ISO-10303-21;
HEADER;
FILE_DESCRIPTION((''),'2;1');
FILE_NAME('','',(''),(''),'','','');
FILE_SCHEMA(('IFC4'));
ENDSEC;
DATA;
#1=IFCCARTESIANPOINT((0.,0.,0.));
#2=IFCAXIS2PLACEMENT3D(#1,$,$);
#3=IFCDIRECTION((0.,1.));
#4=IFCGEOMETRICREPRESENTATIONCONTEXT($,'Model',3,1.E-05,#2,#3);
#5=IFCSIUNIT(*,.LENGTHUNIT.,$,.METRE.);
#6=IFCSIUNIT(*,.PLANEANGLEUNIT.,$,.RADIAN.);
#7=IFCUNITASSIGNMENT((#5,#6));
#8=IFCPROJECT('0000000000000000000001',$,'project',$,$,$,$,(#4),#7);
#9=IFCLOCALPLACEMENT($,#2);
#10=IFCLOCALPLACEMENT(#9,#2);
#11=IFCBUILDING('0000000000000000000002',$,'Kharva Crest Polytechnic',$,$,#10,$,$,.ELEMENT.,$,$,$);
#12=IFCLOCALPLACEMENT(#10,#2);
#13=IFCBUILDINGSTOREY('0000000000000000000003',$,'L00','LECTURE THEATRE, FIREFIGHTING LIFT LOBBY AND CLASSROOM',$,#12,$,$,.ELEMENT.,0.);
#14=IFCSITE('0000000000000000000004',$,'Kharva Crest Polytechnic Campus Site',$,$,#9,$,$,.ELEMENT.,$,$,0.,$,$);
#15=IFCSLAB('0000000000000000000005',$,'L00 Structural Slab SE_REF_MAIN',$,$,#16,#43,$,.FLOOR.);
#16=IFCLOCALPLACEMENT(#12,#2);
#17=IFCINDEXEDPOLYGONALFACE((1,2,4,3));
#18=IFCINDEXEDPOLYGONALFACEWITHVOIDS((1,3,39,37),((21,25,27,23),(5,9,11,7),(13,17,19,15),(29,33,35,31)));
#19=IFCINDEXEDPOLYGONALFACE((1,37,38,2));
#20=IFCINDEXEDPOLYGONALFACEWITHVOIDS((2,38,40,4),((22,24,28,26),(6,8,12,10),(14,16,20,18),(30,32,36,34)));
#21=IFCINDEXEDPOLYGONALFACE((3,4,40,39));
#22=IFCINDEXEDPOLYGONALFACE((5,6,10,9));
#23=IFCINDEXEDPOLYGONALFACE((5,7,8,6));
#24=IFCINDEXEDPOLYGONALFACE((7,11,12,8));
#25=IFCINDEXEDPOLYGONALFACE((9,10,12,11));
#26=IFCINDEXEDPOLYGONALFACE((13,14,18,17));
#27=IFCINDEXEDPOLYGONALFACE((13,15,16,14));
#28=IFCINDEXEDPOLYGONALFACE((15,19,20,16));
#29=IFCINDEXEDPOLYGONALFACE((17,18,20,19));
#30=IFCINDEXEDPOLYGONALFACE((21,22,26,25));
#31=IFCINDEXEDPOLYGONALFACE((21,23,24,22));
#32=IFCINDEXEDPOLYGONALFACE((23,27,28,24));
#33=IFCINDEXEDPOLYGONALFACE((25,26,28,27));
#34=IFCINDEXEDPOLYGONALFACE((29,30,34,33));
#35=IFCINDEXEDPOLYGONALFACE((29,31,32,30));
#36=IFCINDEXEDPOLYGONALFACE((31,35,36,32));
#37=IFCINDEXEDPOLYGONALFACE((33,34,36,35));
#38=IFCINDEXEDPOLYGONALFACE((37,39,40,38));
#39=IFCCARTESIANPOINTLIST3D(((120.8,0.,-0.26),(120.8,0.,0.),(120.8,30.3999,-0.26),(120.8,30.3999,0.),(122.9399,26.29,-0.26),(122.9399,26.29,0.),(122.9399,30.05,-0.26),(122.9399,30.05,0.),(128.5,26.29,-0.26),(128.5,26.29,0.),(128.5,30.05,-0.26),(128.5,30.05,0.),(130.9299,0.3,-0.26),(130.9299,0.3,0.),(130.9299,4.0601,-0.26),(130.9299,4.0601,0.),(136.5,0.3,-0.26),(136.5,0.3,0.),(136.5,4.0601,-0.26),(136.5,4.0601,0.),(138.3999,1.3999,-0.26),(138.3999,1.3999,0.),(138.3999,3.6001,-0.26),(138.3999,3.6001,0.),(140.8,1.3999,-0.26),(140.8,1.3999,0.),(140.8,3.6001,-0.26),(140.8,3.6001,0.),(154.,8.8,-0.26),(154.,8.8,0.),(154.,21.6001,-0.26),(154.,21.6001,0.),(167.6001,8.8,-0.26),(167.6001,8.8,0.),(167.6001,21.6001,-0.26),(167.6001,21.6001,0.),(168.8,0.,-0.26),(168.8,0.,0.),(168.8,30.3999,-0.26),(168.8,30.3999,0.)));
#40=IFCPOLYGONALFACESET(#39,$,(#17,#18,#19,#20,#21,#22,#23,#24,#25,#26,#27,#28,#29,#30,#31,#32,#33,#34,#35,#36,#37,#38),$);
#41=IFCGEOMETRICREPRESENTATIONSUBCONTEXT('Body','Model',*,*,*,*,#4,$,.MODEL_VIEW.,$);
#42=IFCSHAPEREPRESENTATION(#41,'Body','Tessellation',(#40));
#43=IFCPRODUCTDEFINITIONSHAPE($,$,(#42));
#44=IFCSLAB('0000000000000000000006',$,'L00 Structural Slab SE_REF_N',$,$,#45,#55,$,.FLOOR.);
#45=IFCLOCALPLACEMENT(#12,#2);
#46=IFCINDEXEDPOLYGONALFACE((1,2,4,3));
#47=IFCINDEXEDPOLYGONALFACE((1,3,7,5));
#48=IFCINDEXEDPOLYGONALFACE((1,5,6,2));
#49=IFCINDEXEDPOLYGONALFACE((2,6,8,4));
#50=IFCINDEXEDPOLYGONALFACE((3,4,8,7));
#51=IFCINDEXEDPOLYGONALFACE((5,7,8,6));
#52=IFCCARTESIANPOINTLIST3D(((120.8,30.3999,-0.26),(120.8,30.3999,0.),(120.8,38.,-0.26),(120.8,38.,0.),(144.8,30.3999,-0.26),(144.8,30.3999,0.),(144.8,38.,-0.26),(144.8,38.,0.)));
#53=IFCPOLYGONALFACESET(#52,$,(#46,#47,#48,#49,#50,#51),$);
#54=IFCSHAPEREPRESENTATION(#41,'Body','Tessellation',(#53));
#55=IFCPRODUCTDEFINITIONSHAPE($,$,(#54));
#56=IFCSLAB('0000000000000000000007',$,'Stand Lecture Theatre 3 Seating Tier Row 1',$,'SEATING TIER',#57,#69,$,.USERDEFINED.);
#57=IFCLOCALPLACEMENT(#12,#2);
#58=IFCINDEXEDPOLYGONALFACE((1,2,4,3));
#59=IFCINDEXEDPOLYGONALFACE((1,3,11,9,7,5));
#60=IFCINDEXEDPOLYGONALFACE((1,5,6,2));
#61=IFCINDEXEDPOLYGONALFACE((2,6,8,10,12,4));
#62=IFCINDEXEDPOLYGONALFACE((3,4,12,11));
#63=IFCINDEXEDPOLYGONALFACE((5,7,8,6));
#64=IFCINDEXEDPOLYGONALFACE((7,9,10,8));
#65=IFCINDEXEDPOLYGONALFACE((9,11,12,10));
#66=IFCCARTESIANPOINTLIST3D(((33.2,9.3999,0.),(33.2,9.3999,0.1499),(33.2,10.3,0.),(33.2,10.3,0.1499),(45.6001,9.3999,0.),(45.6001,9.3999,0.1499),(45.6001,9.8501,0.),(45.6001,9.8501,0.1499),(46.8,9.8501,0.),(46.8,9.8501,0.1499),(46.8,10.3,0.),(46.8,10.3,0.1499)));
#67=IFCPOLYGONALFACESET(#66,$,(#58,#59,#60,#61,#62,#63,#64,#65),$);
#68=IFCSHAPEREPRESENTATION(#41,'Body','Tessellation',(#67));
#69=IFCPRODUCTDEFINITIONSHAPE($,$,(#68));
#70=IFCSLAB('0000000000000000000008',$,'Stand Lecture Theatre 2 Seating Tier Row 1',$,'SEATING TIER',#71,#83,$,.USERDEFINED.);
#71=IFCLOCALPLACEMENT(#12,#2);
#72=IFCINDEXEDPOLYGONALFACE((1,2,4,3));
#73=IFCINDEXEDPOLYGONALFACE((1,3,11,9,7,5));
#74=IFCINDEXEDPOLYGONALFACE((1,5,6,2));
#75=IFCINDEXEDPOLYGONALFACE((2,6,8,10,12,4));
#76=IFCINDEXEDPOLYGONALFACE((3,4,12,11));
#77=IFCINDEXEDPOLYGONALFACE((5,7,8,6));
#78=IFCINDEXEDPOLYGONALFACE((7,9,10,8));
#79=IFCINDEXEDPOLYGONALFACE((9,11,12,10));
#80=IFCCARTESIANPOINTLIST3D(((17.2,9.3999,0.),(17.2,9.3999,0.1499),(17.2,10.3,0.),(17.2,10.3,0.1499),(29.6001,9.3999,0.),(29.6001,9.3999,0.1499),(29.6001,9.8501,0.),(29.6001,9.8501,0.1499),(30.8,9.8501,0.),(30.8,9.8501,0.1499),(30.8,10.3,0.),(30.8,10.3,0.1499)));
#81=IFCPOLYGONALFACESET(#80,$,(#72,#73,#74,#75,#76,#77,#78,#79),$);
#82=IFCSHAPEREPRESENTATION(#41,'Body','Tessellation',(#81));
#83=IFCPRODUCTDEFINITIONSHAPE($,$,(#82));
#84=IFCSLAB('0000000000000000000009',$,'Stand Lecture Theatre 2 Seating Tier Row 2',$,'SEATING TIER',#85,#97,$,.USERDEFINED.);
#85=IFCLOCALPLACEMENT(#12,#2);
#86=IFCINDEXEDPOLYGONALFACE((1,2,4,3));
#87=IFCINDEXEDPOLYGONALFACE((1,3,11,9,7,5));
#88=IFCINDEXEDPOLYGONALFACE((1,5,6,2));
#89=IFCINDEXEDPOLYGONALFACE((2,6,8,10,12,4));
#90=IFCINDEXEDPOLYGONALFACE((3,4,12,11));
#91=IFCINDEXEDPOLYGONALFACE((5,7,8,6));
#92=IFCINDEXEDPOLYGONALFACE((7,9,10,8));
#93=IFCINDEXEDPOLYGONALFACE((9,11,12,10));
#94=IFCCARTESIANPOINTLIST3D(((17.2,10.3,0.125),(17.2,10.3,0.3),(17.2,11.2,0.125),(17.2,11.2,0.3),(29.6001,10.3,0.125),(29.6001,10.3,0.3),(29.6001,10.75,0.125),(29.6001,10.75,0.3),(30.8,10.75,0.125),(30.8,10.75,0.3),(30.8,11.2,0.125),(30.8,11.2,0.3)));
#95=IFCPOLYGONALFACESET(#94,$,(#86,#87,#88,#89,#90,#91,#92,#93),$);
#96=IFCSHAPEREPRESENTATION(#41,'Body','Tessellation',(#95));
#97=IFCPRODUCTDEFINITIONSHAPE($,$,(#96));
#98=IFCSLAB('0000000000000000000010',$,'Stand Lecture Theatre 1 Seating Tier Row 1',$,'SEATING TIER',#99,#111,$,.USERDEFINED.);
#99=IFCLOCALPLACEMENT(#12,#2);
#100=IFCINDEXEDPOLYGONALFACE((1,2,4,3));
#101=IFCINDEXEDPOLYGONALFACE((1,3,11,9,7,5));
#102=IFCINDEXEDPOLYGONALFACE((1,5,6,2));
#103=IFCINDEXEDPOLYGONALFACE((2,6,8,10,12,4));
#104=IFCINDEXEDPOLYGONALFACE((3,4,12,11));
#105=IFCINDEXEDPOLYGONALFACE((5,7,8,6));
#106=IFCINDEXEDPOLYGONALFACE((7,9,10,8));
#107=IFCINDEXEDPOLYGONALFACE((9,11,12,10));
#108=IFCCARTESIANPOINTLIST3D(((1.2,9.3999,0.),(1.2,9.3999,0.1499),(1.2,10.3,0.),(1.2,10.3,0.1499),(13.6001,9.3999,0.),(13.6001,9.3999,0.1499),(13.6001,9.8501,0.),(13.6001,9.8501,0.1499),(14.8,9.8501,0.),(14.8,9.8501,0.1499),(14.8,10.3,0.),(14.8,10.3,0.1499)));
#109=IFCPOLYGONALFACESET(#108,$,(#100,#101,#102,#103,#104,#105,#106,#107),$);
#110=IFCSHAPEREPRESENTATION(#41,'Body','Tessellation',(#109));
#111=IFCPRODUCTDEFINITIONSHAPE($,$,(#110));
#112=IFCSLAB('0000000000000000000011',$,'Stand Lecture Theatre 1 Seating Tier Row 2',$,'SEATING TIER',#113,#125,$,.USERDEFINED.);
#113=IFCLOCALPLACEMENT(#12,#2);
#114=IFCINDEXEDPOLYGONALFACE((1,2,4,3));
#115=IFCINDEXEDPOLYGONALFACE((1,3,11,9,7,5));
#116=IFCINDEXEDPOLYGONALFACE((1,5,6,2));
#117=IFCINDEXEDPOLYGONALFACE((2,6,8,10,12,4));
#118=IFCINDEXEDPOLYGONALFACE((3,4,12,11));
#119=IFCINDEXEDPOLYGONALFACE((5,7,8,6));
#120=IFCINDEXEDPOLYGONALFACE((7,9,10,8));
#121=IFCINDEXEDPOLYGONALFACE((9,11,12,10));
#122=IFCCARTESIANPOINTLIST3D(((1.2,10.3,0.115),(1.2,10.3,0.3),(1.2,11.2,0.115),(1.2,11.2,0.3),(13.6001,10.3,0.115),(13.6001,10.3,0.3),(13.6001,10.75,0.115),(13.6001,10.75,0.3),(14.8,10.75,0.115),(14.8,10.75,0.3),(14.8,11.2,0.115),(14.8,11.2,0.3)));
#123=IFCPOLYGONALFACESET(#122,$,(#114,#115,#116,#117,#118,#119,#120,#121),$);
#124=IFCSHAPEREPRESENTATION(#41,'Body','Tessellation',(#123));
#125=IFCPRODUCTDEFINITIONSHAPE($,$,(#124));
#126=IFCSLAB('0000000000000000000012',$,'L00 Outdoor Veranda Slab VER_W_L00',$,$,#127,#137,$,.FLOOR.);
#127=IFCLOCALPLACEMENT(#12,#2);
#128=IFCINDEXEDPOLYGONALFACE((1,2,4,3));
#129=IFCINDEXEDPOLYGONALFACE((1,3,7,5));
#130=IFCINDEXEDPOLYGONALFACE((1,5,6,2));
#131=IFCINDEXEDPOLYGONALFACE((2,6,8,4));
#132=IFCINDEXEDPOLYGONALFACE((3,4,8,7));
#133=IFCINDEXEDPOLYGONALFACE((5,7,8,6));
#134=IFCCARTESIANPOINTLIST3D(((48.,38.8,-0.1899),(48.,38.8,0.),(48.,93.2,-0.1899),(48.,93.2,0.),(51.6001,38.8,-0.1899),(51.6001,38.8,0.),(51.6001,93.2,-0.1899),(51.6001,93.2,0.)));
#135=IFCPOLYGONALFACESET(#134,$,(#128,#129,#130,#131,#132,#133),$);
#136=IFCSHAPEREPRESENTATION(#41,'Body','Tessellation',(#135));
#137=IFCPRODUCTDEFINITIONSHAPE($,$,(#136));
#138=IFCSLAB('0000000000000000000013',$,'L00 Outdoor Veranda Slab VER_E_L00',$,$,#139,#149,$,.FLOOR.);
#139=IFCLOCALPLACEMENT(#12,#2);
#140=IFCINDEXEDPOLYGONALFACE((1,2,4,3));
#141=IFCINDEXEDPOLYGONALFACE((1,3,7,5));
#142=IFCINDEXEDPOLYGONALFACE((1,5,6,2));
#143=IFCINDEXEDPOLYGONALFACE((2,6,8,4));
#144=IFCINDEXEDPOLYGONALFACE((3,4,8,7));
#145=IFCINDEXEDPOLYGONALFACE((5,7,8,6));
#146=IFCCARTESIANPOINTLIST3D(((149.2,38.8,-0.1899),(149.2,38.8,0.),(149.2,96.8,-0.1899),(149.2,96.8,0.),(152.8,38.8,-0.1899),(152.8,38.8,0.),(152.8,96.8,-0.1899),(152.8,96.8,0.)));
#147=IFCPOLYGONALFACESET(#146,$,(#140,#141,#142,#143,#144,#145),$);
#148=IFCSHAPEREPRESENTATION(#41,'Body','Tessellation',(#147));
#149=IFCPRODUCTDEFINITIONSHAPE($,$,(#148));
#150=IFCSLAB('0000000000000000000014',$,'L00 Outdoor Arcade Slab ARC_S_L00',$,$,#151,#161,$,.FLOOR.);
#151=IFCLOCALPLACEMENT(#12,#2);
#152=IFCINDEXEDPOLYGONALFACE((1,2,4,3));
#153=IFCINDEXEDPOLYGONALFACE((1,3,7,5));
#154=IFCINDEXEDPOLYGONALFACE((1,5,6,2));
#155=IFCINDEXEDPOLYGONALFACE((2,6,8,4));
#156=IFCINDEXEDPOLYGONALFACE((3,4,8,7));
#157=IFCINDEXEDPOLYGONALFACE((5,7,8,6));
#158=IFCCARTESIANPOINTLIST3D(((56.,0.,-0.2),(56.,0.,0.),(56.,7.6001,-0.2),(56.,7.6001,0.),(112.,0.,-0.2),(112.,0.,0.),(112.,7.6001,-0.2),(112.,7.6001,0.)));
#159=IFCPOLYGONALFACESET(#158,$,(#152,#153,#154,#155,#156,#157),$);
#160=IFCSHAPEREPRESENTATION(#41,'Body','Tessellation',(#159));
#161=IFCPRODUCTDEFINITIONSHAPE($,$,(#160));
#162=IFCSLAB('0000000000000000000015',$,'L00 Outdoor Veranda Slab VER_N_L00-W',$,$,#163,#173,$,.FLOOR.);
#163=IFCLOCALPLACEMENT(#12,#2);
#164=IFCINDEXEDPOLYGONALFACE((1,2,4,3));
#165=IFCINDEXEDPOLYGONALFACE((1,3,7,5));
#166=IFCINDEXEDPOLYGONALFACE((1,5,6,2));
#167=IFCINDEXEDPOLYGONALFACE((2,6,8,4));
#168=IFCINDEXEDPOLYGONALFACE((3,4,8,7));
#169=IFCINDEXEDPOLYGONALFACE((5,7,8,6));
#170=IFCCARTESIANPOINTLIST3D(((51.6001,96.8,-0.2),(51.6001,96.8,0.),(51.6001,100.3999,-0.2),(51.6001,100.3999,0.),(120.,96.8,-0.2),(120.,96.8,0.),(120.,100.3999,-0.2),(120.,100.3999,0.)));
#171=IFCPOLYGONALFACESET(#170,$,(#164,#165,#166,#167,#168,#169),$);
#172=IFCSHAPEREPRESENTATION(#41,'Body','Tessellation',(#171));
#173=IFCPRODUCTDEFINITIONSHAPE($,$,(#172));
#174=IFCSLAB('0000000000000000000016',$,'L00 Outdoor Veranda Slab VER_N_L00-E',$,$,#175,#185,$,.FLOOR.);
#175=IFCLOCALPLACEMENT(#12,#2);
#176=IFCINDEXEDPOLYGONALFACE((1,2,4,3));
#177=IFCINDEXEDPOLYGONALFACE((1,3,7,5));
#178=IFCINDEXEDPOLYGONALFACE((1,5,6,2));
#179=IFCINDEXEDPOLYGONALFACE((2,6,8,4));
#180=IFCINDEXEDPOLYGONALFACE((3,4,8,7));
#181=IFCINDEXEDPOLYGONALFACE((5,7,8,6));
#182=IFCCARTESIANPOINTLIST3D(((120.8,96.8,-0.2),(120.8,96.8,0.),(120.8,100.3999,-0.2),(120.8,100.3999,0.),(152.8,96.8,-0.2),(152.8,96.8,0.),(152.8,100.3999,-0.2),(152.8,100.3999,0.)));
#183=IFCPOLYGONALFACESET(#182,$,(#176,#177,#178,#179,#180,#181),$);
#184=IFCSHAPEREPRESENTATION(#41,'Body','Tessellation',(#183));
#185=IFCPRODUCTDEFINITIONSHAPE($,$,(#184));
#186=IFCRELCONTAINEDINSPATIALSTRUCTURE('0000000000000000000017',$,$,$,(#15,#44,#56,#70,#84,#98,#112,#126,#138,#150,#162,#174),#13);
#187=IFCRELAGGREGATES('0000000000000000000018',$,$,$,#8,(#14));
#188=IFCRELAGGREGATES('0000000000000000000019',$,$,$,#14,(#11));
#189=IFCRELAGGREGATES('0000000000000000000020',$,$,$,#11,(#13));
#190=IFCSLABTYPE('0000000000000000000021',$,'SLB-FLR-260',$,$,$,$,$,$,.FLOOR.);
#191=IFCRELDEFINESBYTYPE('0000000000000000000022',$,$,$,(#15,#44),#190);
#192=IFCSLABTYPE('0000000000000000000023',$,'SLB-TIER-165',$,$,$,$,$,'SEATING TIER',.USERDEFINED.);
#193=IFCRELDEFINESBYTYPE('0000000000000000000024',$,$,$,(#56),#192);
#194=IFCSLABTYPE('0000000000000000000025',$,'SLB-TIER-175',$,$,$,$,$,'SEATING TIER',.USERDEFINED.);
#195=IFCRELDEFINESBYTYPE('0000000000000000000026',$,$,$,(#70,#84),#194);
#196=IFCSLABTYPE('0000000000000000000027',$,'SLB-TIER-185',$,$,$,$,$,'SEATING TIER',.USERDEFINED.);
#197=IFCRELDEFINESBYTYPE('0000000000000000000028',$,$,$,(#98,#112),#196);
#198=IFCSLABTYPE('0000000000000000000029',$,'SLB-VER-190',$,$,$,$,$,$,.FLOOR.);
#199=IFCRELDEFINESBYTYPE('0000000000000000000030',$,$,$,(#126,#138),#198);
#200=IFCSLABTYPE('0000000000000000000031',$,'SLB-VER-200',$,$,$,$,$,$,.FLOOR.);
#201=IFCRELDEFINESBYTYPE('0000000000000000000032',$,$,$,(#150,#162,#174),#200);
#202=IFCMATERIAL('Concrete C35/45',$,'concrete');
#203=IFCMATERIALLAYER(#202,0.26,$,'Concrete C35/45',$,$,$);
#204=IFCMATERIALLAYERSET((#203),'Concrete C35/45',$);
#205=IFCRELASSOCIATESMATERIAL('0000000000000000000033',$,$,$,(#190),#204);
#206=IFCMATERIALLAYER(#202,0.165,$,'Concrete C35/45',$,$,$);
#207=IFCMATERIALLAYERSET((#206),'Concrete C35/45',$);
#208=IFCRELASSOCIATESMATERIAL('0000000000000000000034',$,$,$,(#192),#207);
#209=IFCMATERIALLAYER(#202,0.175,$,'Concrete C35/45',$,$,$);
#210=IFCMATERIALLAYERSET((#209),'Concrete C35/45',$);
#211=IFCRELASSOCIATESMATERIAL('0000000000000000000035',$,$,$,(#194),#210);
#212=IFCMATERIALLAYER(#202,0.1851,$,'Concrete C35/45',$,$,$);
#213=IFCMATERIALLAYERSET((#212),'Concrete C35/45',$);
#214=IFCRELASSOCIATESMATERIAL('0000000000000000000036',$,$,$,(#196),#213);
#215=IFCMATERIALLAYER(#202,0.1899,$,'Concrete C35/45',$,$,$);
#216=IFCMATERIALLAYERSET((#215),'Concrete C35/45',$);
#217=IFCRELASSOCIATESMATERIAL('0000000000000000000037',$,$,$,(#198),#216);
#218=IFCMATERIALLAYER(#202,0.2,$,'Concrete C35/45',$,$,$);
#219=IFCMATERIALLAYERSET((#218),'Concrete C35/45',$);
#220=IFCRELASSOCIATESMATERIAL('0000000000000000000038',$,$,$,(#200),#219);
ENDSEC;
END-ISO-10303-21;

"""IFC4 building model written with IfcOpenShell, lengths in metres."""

from ifc_helpers import new_model, si_unit, direction, frame, origin, place, context, subcontext, project, spatial, polyline, outline, extrude, material, layer, layer_set, type_object, element, save


model = new_model("IFC4")

# Units and contexts
model_context = context("Model", 3, precision=1e-05, world=origin(), true_north=direction((0.0, 1.0)))
body_context = subcontext(model_context, "Body", "Model", "MODEL_VIEW")
ifc_project = project(units=[si_unit("LENGTHUNIT", "METRE"), si_unit("PLANEANGLEUNIT", "RADIAN")], contexts=[model_context])

# Site, building, storey
site_placement = place(None, origin())
site = spatial("IfcSite", under=ifc_project, at=site_placement, Name="Kharva Crest Polytechnic Campus Site", CompositionType="ELEMENT", RefElevation=0.0)
building_placement = place(site_placement, origin())
building = spatial("IfcBuilding", under=site, at=building_placement, Name="Kharva Crest Polytechnic", CompositionType="ELEMENT")
storey_placement = place(building_placement, origin())
storey = spatial("IfcBuildingStorey", under=building, at=storey_placement, Name="L00", Description="LECTURE THEATRE, FIREFIGHTING LIFT LOBBY AND CLASSROOM", CompositionType="ELEMENT", Elevation=0.0)

# Shared definitions
ifc_material_1 = material(Name="Concrete C35/45", Category="concrete")

# Slabs
ifc_layer_1 = layer(ifc_material_1, 0.26, Name="Concrete C35/45")
ifc_layer_set_1 = layer_set([ifc_layer_1], Name="Concrete C35/45")
slab_type_1 = type_object("IfcSlabType", Name="SLB-FLR-260", PredefinedType="FLOOR", material=ifc_layer_set_1)
slab_1_placement = place(storey_placement, frame((0.0, 0.0, -0.26)))
element("IfcSlab", 1, at=slab_1_placement, inside=storey, type_object=slab_type_1, Name="L00 Structural Slab SE_REF_MAIN", PredefinedType="FLOOR", context=body_context, shape_type="SweptSolid", body=[
    extrude(outline(polyline([(120.8, 0.0), (168.8, 0.0), (168.8, 30.3999), (120.8, 30.3999), (120.8, 0.0)]), holes=[polyline([(130.9299, 0.3), (136.5, 0.3), (136.5, 4.0601), (130.9299, 4.0601), (130.9299, 0.3)]), polyline([(138.3999, 1.3999), (140.8, 1.3999), (140.8, 3.6001), (138.3999, 3.6001), (138.3999, 1.3999)]), polyline([(122.9399, 26.29), (128.5, 26.29), (128.5, 30.05), (122.9399, 30.05), (122.9399, 26.29)]), polyline([(154.0, 8.8), (167.6001, 8.8), (167.6001, 21.6001), (154.0, 21.6001), (154.0, 8.8)])]), origin(), (0.0, 0.0, 1.0), 0.26),
])
slab_2_placement = place(storey_placement, frame((0.0, 0.0, -0.26)))
element("IfcSlab", 2, at=slab_2_placement, inside=storey, type_object=slab_type_1, Name="L00 Structural Slab SE_REF_N", PredefinedType="FLOOR", context=body_context, shape_type="SweptSolid", body=[
    extrude(outline(polyline([(120.8, 30.3999), (144.8, 30.3999), (144.8, 38.0), (120.8, 38.0), (120.8, 30.3999)])), origin(), (0.0, 0.0, 1.0), 0.26),
])
ifc_layer_2 = layer(ifc_material_1, 0.165, Name="Concrete C35/45")
ifc_layer_set_2 = layer_set([ifc_layer_2], Name="Concrete C35/45")
slab_type_2 = type_object("IfcSlabType", Name="SLB-TIER-165", ElementType="SEATING TIER", PredefinedType="USERDEFINED", material=ifc_layer_set_2)
slab_3_placement = place(storey_placement, origin())
element("IfcSlab", 3, at=slab_3_placement, inside=storey, type_object=slab_type_2, Name="Stand Lecture Theatre 3 Seating Tier Row 1", ObjectType="SEATING TIER", PredefinedType="USERDEFINED", context=body_context, shape_type="SweptSolid", body=[
    extrude(outline(polyline([(33.2, 9.3999), (45.6001, 9.3999), (45.6001, 9.8501), (46.8, 9.8501), (46.8, 10.3), (33.2, 10.3), (33.2, 9.3999)])), origin(), (0.0, 0.0, 1.0), 0.1499),
])
ifc_layer_3 = layer(ifc_material_1, 0.175, Name="Concrete C35/45")
ifc_layer_set_3 = layer_set([ifc_layer_3], Name="Concrete C35/45")
slab_type_3 = type_object("IfcSlabType", Name="SLB-TIER-175", ElementType="SEATING TIER", PredefinedType="USERDEFINED", material=ifc_layer_set_3)
slab_4_placement = place(storey_placement, origin())
element("IfcSlab", 4, at=slab_4_placement, inside=storey, type_object=slab_type_3, Name="Stand Lecture Theatre 2 Seating Tier Row 1", ObjectType="SEATING TIER", PredefinedType="USERDEFINED", context=body_context, shape_type="SweptSolid", body=[
    extrude(outline(polyline([(17.2, 9.3999), (29.6001, 9.3999), (29.6001, 9.8501), (30.8, 9.8501), (30.8, 10.3), (17.2, 10.3), (17.2, 9.3999)])), origin(), (0.0, 0.0, 1.0), 0.1499),
])
slab_5_placement = place(storey_placement, frame((0.0, 0.0, 0.125)))
element("IfcSlab", 5, at=slab_5_placement, inside=storey, type_object=slab_type_3, Name="Stand Lecture Theatre 2 Seating Tier Row 2", ObjectType="SEATING TIER", PredefinedType="USERDEFINED", context=body_context, shape_type="SweptSolid", body=[
    extrude(outline(polyline([(17.2, 10.3), (29.6001, 10.3), (29.6001, 10.75), (30.8, 10.75), (30.8, 11.2), (17.2, 11.2), (17.2, 10.3)])), origin(), (0.0, 0.0, 1.0), 0.175),
])
ifc_layer_4 = layer(ifc_material_1, 0.1851, Name="Concrete C35/45")
ifc_layer_set_4 = layer_set([ifc_layer_4], Name="Concrete C35/45")
slab_type_4 = type_object("IfcSlabType", Name="SLB-TIER-185", ElementType="SEATING TIER", PredefinedType="USERDEFINED", material=ifc_layer_set_4)
slab_6_placement = place(storey_placement, origin())
element("IfcSlab", 6, at=slab_6_placement, inside=storey, type_object=slab_type_4, Name="Stand Lecture Theatre 1 Seating Tier Row 1", ObjectType="SEATING TIER", PredefinedType="USERDEFINED", context=body_context, shape_type="SweptSolid", body=[
    extrude(outline(polyline([(1.2, 9.3999), (13.6001, 9.3999), (13.6001, 9.8501), (14.8, 9.8501), (14.8, 10.3), (1.2, 10.3), (1.2, 9.3999)])), origin(), (0.0, 0.0, 1.0), 0.1499),
])
slab_7_placement = place(storey_placement, frame((0.0, 0.0, 0.115)))
element("IfcSlab", 7, at=slab_7_placement, inside=storey, type_object=slab_type_4, Name="Stand Lecture Theatre 1 Seating Tier Row 2", ObjectType="SEATING TIER", PredefinedType="USERDEFINED", context=body_context, shape_type="SweptSolid", body=[
    extrude(outline(polyline([(1.2, 10.3), (13.6001, 10.3), (13.6001, 10.75), (14.8, 10.75), (14.8, 11.2), (1.2, 11.2), (1.2, 10.3)])), origin(), (0.0, 0.0, 1.0), 0.1851),
])
ifc_layer_5 = layer(ifc_material_1, 0.1899, Name="Concrete C35/45")
ifc_layer_set_5 = layer_set([ifc_layer_5], Name="Concrete C35/45")
slab_type_5 = type_object("IfcSlabType", Name="SLB-VER-190", PredefinedType="FLOOR", material=ifc_layer_set_5)
slab_8_placement = place(storey_placement, frame((0.0, 0.0, -0.1899)))
element("IfcSlab", 8, at=slab_8_placement, inside=storey, type_object=slab_type_5, Name="L00 Outdoor Veranda Slab VER_W_L00", PredefinedType="FLOOR", context=body_context, shape_type="SweptSolid", body=[
    extrude(outline(polyline([(48.0, 38.8), (51.6001, 38.8), (51.6001, 93.2), (48.0, 93.2), (48.0, 38.8)])), origin(), (0.0, 0.0, 1.0), 0.1899),
])
slab_9_placement = place(storey_placement, frame((0.0, 0.0, -0.1899)))
element("IfcSlab", 9, at=slab_9_placement, inside=storey, type_object=slab_type_5, Name="L00 Outdoor Veranda Slab VER_E_L00", PredefinedType="FLOOR", context=body_context, shape_type="SweptSolid", body=[
    extrude(outline(polyline([(149.2, 38.8), (152.8, 38.8), (152.8, 96.8), (149.2, 96.8), (149.2, 38.8)])), origin(), (0.0, 0.0, 1.0), 0.1899),
])
ifc_layer_6 = layer(ifc_material_1, 0.2, Name="Concrete C35/45")
ifc_layer_set_6 = layer_set([ifc_layer_6], Name="Concrete C35/45")
slab_type_6 = type_object("IfcSlabType", Name="SLB-VER-200", PredefinedType="FLOOR", material=ifc_layer_set_6)
slab_10_placement = place(storey_placement, frame((0.0, 0.0, -0.2)))
element("IfcSlab", 10, at=slab_10_placement, inside=storey, type_object=slab_type_6, Name="L00 Outdoor Arcade Slab ARC_S_L00", PredefinedType="FLOOR", context=body_context, shape_type="SweptSolid", body=[
    extrude(outline(polyline([(56.0, 0.0), (112.0, 0.0), (112.0, 7.6001), (56.0, 7.6001), (56.0, 0.0)])), origin(), (0.0, 0.0, 1.0), 0.2),
])
slab_11_placement = place(storey_placement, frame((0.0, 0.0, -0.2)))
element("IfcSlab", 11, at=slab_11_placement, inside=storey, type_object=slab_type_6, Name="L00 Outdoor Veranda Slab VER_N_L00-W", PredefinedType="FLOOR", context=body_context, shape_type="SweptSolid", body=[
    extrude(outline(polyline([(51.6001, 96.8), (120.0, 96.8), (120.0, 100.3999), (51.6001, 100.3999), (51.6001, 96.8)])), origin(), (0.0, 0.0, 1.0), 0.2),
])
slab_12_placement = place(storey_placement, frame((0.0, 0.0, -0.2)))
element("IfcSlab", 12, at=slab_12_placement, inside=storey, type_object=slab_type_6, Name="L00 Outdoor Veranda Slab VER_N_L00-E", PredefinedType="FLOOR", context=body_context, shape_type="SweptSolid", body=[
    extrude(outline(polyline([(120.8, 96.8), (152.8, 96.8), (152.8, 100.3999), (120.8, 100.3999), (120.8, 96.8)])), origin(), (0.0, 0.0, 1.0), 0.2),
])

save(model, "model.ifc")
